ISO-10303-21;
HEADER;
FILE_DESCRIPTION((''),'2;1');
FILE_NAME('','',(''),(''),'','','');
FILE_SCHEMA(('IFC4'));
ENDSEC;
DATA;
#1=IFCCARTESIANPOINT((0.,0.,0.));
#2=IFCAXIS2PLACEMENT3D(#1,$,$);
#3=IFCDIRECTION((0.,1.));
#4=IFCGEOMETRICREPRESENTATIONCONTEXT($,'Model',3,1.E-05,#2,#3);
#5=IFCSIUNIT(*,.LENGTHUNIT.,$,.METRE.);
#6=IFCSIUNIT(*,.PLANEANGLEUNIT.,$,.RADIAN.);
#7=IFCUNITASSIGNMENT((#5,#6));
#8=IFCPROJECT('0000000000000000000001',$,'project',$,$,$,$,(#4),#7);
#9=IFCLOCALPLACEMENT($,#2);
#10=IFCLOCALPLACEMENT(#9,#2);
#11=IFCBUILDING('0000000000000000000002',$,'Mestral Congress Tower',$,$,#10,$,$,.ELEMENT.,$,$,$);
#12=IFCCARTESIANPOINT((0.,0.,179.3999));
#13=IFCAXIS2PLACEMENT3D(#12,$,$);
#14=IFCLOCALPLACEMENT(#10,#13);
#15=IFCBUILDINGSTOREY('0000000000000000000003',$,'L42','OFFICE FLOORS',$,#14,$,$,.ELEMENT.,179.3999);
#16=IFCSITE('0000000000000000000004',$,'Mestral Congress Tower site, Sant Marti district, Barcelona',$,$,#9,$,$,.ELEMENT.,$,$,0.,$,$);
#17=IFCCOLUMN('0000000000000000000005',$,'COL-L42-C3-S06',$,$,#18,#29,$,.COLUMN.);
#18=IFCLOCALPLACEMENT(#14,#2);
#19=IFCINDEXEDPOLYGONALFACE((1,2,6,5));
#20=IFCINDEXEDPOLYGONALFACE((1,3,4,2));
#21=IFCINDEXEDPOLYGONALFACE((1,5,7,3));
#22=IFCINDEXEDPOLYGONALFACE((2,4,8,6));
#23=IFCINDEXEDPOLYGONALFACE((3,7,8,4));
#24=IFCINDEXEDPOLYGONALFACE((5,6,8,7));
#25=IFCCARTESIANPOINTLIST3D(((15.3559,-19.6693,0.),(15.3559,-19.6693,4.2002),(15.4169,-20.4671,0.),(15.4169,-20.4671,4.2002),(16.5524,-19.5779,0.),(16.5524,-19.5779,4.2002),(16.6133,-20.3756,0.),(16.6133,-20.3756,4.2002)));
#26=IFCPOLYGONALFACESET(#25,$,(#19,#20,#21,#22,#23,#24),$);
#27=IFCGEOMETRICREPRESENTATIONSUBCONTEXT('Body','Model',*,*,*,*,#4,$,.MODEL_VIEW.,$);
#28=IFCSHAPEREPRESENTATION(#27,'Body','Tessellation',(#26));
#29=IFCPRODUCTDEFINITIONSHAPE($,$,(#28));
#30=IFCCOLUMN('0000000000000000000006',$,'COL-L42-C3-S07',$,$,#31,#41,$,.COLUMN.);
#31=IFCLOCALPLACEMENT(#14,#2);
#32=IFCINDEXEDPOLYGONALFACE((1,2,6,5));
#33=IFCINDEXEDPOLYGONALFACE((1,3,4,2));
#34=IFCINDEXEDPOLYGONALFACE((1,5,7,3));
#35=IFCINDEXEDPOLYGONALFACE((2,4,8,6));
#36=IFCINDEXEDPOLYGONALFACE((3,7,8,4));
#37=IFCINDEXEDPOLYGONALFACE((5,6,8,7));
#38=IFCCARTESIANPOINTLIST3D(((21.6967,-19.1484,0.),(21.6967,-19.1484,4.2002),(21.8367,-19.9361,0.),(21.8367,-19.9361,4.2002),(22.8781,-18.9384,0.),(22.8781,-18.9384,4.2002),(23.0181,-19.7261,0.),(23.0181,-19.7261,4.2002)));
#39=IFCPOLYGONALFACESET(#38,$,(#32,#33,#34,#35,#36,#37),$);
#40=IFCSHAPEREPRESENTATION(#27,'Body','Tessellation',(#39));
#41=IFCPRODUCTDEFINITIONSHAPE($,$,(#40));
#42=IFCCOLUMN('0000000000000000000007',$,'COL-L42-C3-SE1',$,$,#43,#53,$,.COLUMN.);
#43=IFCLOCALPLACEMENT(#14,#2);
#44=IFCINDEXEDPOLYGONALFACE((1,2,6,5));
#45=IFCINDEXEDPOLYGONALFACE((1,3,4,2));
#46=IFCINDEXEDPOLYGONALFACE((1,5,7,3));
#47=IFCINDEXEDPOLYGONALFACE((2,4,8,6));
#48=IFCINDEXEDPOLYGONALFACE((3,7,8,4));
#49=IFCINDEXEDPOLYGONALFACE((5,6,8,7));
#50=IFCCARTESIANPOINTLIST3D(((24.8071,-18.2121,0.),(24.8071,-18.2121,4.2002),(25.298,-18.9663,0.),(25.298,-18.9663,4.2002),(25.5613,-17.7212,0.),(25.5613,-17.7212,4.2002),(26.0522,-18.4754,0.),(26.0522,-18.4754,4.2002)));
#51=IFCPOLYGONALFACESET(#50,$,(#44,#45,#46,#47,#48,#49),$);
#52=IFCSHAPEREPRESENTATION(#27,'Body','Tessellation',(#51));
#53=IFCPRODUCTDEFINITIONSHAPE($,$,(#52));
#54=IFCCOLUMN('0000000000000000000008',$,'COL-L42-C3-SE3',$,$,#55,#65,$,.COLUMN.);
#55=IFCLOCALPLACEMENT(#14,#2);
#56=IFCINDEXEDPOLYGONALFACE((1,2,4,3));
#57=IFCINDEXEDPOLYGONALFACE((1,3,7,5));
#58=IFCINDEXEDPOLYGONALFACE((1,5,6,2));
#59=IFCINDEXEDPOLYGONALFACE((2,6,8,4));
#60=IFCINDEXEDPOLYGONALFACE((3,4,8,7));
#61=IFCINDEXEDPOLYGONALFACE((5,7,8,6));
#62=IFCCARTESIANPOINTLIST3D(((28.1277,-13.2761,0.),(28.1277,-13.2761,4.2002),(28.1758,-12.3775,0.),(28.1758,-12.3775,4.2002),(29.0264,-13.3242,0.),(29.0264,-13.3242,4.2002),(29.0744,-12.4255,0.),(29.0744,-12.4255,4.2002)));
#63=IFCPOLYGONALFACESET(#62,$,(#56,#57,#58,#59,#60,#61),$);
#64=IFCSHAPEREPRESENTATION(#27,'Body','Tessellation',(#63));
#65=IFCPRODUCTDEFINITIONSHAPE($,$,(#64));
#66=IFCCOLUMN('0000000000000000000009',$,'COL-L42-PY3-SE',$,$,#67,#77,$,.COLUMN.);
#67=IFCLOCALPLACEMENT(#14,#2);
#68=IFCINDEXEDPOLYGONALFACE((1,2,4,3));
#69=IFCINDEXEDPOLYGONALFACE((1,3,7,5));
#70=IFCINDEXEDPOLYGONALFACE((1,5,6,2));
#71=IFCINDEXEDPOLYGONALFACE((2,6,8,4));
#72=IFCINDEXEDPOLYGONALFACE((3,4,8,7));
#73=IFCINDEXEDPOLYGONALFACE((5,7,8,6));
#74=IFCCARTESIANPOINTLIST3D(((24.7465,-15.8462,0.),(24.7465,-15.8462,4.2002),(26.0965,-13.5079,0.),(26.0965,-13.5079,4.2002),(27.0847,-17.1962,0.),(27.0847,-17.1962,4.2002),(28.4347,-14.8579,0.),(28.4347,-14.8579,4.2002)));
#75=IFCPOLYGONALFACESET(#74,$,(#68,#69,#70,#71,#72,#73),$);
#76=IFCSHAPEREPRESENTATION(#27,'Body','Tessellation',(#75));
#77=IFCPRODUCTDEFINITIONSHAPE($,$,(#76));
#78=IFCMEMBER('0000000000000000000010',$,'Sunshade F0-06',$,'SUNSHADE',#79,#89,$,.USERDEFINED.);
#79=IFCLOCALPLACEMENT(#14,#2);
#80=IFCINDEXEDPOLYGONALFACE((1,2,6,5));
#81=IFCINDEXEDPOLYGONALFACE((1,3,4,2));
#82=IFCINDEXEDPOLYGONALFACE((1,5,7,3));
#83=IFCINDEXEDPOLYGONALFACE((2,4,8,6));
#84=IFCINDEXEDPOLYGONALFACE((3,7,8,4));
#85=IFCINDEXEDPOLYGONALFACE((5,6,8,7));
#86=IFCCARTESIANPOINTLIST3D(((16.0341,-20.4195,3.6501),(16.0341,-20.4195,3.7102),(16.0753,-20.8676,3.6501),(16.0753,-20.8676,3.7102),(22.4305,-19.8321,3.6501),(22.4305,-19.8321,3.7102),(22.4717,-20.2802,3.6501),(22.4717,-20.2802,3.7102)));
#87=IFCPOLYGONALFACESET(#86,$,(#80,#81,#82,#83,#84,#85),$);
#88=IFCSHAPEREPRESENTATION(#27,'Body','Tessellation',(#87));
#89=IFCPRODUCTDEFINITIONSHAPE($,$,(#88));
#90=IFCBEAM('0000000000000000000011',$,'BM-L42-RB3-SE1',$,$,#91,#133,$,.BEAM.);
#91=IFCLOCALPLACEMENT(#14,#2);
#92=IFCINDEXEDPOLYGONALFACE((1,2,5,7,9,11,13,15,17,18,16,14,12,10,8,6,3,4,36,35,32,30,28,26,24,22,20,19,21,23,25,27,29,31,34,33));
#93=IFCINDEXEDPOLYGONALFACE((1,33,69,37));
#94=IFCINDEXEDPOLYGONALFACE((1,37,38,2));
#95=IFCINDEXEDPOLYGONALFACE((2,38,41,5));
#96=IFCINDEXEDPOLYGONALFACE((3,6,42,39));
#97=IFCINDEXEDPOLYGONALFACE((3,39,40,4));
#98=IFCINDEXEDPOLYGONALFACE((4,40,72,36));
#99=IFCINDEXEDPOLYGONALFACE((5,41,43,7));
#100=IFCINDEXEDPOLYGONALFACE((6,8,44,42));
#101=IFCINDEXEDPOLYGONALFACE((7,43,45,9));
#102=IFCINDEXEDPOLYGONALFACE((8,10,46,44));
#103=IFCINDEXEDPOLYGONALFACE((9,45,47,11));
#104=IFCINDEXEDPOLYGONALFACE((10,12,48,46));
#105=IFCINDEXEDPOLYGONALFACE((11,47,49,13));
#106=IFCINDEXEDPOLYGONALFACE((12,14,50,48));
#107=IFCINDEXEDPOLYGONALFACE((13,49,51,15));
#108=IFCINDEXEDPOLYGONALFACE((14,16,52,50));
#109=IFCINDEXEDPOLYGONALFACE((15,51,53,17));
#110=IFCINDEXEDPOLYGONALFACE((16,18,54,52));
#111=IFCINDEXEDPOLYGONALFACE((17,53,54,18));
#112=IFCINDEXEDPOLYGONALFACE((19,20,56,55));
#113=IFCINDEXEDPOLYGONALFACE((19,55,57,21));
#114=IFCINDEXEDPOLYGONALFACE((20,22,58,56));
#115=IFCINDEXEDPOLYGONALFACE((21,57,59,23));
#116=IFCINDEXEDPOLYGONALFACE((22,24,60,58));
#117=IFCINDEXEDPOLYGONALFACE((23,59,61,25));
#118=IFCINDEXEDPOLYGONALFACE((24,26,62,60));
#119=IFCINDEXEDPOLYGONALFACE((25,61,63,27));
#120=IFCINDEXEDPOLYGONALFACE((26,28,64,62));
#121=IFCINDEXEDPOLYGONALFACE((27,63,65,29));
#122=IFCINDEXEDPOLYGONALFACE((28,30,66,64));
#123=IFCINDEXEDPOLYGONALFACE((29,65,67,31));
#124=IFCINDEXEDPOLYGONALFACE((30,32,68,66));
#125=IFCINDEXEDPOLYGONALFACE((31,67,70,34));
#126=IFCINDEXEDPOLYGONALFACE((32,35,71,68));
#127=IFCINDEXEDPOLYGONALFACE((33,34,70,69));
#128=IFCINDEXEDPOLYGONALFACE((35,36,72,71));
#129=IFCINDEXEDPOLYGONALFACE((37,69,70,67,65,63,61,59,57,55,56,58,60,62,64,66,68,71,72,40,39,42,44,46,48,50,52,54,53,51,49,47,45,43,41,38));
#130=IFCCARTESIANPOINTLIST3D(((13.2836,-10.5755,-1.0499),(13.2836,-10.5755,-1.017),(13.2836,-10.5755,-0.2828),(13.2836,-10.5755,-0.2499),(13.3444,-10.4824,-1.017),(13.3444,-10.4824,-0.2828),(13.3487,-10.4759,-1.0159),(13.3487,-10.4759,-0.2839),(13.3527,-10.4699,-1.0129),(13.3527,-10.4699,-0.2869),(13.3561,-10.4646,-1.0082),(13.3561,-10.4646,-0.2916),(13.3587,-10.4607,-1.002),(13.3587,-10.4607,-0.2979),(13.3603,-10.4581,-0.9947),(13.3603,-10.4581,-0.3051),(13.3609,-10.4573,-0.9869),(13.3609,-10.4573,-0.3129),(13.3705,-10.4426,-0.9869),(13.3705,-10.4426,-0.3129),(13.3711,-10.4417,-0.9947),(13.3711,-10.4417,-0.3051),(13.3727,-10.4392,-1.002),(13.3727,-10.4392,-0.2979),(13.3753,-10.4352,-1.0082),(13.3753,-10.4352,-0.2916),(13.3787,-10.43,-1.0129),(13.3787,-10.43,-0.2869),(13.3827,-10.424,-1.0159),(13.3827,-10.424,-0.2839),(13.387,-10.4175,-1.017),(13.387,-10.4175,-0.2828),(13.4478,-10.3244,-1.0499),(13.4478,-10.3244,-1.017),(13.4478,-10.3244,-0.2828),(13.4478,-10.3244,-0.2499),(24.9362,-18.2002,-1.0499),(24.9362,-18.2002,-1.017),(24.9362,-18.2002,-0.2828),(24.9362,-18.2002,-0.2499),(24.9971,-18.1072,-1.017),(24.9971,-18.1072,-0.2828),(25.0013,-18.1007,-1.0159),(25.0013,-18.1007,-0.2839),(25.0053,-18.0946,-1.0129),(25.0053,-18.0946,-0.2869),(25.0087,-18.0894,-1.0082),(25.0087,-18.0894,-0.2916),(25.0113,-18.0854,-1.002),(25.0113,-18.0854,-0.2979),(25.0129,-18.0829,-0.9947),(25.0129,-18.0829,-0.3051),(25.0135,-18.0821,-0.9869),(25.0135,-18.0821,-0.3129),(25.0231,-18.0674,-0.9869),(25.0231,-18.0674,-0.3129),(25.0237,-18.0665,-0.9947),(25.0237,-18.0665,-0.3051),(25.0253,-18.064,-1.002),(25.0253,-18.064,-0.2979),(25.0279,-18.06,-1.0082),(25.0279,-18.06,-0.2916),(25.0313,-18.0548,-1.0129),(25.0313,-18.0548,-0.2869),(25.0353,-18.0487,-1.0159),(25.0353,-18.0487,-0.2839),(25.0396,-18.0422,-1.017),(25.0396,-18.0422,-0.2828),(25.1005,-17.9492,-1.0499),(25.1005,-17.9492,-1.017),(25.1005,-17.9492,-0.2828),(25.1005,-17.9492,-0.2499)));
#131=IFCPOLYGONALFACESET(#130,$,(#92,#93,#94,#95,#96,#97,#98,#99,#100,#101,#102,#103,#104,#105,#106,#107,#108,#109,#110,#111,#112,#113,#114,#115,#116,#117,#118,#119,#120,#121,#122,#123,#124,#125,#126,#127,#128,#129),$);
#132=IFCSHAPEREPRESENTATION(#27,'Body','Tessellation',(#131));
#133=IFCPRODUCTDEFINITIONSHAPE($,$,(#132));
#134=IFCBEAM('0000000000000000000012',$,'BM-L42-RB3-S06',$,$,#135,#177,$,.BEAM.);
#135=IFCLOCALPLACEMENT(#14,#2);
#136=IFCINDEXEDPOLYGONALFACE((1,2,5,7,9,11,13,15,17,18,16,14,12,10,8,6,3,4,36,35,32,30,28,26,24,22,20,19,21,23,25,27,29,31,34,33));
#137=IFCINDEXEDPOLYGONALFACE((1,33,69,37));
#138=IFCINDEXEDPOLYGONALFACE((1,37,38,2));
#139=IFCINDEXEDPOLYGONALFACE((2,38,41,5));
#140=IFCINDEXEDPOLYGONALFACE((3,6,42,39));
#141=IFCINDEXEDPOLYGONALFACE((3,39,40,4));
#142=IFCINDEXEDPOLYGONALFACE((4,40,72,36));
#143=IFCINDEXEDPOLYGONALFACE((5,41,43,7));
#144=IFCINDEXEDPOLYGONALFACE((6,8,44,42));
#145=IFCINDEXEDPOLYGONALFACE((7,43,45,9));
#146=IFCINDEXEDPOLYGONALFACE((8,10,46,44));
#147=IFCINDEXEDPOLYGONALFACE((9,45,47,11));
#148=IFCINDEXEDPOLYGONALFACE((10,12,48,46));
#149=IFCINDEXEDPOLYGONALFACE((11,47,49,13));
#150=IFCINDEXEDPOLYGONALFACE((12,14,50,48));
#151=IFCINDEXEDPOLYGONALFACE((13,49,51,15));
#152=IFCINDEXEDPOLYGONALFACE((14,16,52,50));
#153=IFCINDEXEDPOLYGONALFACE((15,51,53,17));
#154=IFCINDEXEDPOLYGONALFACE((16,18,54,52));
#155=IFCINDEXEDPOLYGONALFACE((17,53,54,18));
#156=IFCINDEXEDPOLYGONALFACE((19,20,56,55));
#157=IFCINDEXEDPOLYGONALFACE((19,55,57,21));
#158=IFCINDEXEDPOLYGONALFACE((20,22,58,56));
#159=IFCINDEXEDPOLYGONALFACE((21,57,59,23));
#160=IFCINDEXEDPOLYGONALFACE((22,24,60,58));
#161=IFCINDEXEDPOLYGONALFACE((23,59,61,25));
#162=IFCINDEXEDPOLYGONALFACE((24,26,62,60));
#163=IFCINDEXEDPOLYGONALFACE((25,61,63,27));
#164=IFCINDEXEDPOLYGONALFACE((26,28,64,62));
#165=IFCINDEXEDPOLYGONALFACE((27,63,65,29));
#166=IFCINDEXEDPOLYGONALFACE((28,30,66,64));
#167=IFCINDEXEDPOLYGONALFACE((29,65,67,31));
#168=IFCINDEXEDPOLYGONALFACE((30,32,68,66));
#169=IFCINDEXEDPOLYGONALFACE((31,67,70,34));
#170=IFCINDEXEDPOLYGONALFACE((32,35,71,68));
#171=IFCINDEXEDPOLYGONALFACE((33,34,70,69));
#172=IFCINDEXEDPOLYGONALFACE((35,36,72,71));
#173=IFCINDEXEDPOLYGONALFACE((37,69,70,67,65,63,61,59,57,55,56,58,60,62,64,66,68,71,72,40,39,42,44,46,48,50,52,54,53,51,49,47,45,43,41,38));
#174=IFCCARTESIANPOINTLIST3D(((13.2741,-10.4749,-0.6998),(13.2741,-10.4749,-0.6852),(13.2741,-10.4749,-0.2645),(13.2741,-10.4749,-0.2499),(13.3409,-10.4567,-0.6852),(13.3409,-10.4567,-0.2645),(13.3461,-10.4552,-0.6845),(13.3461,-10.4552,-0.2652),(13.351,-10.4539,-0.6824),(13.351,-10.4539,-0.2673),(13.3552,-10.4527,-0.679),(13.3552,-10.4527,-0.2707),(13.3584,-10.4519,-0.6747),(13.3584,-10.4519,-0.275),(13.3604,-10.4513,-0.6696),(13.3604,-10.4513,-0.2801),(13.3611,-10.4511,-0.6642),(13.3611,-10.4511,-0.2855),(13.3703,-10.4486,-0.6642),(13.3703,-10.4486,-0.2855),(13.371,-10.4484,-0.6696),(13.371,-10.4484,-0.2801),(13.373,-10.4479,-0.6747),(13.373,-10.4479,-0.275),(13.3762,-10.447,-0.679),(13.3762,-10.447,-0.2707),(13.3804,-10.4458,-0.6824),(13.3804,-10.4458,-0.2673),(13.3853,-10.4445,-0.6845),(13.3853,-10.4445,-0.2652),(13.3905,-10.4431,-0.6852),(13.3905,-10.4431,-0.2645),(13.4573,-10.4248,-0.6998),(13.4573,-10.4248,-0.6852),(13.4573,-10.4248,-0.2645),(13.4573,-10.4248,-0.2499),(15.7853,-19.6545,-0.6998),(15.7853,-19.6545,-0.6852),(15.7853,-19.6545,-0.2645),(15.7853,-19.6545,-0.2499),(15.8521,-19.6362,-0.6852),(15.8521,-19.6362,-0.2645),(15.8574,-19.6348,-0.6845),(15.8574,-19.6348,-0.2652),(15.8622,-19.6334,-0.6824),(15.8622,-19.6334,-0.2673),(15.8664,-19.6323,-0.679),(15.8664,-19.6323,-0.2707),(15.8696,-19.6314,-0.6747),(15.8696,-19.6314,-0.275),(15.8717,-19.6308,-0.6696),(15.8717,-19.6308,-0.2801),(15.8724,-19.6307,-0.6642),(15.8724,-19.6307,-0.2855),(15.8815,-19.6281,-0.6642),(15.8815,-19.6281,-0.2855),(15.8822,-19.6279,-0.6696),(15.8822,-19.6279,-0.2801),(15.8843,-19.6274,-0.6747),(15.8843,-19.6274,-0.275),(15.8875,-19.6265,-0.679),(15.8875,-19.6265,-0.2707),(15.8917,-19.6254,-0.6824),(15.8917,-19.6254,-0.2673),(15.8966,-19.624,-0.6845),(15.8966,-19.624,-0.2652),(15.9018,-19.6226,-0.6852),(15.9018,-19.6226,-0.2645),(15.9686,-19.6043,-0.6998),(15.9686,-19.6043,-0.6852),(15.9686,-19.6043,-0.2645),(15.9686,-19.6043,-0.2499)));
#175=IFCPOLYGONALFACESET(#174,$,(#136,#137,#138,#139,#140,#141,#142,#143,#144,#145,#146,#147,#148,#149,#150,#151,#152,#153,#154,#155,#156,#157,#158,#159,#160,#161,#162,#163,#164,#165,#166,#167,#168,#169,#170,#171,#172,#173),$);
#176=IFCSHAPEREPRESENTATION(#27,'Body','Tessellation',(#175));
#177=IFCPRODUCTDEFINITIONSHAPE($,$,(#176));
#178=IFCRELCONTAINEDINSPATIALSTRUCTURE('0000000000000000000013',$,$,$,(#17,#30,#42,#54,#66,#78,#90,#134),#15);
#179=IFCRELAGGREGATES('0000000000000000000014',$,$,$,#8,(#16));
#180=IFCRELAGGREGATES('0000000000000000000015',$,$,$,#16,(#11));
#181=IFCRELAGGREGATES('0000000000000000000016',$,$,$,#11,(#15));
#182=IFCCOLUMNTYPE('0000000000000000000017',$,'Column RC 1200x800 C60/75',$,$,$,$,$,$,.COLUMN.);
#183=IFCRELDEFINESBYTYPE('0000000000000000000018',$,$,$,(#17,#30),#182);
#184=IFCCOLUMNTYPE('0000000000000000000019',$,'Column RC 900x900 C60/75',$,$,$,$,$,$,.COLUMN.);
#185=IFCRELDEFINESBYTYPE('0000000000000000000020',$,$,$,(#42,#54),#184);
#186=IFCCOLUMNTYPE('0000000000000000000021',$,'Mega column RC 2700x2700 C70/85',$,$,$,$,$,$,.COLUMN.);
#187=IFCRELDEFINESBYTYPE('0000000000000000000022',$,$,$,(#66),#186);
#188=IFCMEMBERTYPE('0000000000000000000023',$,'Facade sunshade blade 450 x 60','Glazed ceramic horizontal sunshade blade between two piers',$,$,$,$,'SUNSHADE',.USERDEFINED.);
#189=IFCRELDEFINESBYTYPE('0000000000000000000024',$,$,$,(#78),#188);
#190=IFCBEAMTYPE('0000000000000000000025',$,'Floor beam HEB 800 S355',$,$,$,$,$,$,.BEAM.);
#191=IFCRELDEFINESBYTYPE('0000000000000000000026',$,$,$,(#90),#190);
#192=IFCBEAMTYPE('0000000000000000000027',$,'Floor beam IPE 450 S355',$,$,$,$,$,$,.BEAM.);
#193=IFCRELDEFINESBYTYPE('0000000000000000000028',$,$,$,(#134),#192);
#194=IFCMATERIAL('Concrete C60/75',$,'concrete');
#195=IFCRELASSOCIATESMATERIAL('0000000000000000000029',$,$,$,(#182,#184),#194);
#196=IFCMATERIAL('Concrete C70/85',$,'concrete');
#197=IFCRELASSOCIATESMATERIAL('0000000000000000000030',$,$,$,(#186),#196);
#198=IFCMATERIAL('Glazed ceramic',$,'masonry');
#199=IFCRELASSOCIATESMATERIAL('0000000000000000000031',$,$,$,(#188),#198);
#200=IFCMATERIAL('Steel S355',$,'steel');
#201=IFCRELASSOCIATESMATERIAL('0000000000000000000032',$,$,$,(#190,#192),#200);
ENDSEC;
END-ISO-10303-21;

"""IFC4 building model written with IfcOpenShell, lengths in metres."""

from ifc_helpers import new_model, si_unit, direction, frame, origin, origin_2d, place, context, subcontext, project, spatial, rectangle, i_section, extrude, material, material_profile, profile_set, type_object, element, save


model = new_model("IFC4")

# Units and contexts
model_context = context("Model", 3, precision=1e-05, world=origin(), true_north=direction((0.0, 1.0)))
body_context = subcontext(model_context, "Body", "Model", "MODEL_VIEW")
ifc_project = project(units=[si_unit("LENGTHUNIT", "METRE"), si_unit("PLANEANGLEUNIT", "RADIAN")], contexts=[model_context])

# Site, building, storey
site_placement = place(None, origin())
site = spatial("IfcSite", under=ifc_project, at=site_placement, Name="Mestral Congress Tower site, Sant Marti district, Barcelona", CompositionType="ELEMENT", RefElevation=0.0)
building_placement = place(site_placement, origin())
building = spatial("IfcBuilding", under=site, at=building_placement, Name="Mestral Congress Tower", CompositionType="ELEMENT")
storey_placement = place(building_placement, frame((0.0, 0.0, 179.3999)))
storey = spatial("IfcBuildingStorey", under=building, at=storey_placement, Name="L42", Description="OFFICE FLOORS", CompositionType="ELEMENT", Elevation=179.3999)

# Columns
ifc_material_1 = material(Name="Concrete C60/75", Category="concrete")
ifc_material_profile_1 = material_profile(ifc_material_1, rectangle(XDim=1.2, YDim=0.8, at=origin_2d()), Name="RC 1200x800")
ifc_profile_set_1 = profile_set([ifc_material_profile_1], Name="Concrete C60/75")
column_type_1 = type_object("IfcColumnType", Name="Column RC 1200x800 C60/75", PredefinedType="COLUMN", material=ifc_profile_set_1)
for number, where, z_axis, x_axis, name in (
    (1, (15.9846, -20.0225, 0.0), (0.0, 0.0, 1.0), (0.99709, 0.076237, 0.0), "COL-L42-C3-S06"),
    (2, (22.3574, -19.4373, 0.0), (0.0, 0.0, 1.0), (0.984571, 0.174985, 0.0), "COL-L42-C3-S07"),
):
    element("IfcColumn", number, at=place(storey_placement, frame(where, z_axis=z_axis, x_axis=x_axis)), inside=storey, type_object=column_type_1, Name=name, PredefinedType="COLUMN", context=body_context, shape_type="SweptSolid", body=[
        extrude(rectangle(XDim=1.2, YDim=0.8, at=origin_2d()), origin(), (0.0, 0.0, 1.0), 4.2002),
    ])
ifc_material_profile_2 = material_profile(ifc_material_1, rectangle(XDim=0.8999, YDim=0.8999, at=origin_2d()), Name="RC 900x900")
ifc_profile_set_2 = profile_set([ifc_material_profile_2], Name="Concrete C60/75")
column_type_2 = type_object("IfcColumnType", Name="Column RC 900x900 C60/75", PredefinedType="COLUMN", material=ifc_profile_set_2)
for number, where, z_axis, x_axis, name in (
    (3, (25.4297, -18.3438, 0.0), (0.0, 0.0, 1.0), (0.838094, 0.545526, 0.0), "COL-L42-C3-SE1"),
    (4, (28.6011, -12.8508, 0.0), (0.0, 0.0, 1.0), (0.053392, 0.998574, 0.0), "COL-L42-C3-SE3"),
):
    element("IfcColumn", number, at=place(storey_placement, frame(where, z_axis=z_axis, x_axis=x_axis)), inside=storey, type_object=column_type_2, Name=name, PredefinedType="COLUMN", context=body_context, shape_type="SweptSolid", body=[
        extrude(rectangle(XDim=0.8999, YDim=0.8999, at=origin_2d()), origin(), (0.0, 0.0, 1.0), 4.2002),
    ])
ifc_material_2 = material(Name="Concrete C70/85", Category="concrete")
ifc_material_profile_3 = material_profile(ifc_material_2, rectangle(XDim=2.7, YDim=2.7, at=origin_2d()), Name="RC 2700x2700")
ifc_profile_set_3 = profile_set([ifc_material_profile_3], Name="Concrete C70/85")
column_type_3 = type_object("IfcColumnType", Name="Mega column RC 2700x2700 C70/85", PredefinedType="COLUMN", material=ifc_profile_set_3)
column_placement = place(storey_placement, frame((26.5906, -15.3521, 0.0), z_axis=(0.0, 0.0, 1.0), x_axis=(0.866025, -0.5, 0.0)))
element("IfcColumn", 5, at=column_placement, inside=storey, type_object=column_type_3, Name="COL-L42-PY3-SE", PredefinedType="COLUMN", context=body_context, shape_type="SweptSolid", body=[
    extrude(rectangle(XDim=2.7, YDim=2.7, at=origin_2d()), origin(), (0.0, 0.0, 1.0), 4.2002),
])

# Member
ifc_material_3 = material(Name="Glazed ceramic", Category="masonry")
ifc_material_profile_4 = material_profile(ifc_material_3, rectangle(XDim=0.45, YDim=0.0601, at=origin_2d()), Name="Ceramic blade 450 x 60")
ifc_profile_set_4 = profile_set([ifc_material_profile_4], Name="Glazed ceramic")
member_type = type_object("IfcMemberType", Name="Facade sunshade blade 450 x 60", Description="Glazed ceramic horizontal sunshade blade between two piers", ElementType="SUNSHADE", PredefinedType="USERDEFINED", material=ifc_profile_set_4)
member_placement = place(storey_placement, frame((16.0547, -20.6436, 3.6802), z_axis=(0.99581, 0.091447, 0.0), x_axis=(-0.091447, 0.99581, 0.0)))
element("IfcMember", 6, at=member_placement, inside=storey, type_object=member_type, Name="Sunshade F0-06", ObjectType="SUNSHADE", PredefinedType="USERDEFINED", context=body_context, shape_type="SweptSolid", body=[
    extrude(rectangle(XDim=0.45, YDim=0.0601, at=origin_2d()), origin(), (0.0, 0.0, 1.0), 6.4233),
])

# Beams
ifc_material_4 = material(Name="Steel S355", Category="steel")
ifc_material_profile_5 = material_profile(ifc_material_4, i_section(OverallWidth=0.3, OverallDepth=0.8, WebThickness=0.0176, FlangeThickness=0.033, FilletRadius=0.03, at=origin_2d()), Name="HEB 800")
ifc_profile_set_5 = profile_set([ifc_material_profile_5], Name="Steel S355")
beam_type_1 = type_object("IfcBeamType", Name="Floor beam HEB 800 S355", PredefinedType="BEAM", material=ifc_profile_set_5)
beam_1_placement = place(storey_placement, frame((25.0183, -18.0747, -0.6499), z_axis=(-0.83678, 0.547539, 0.0), x_axis=(-0.547539, -0.83678, 0.0)))
element("IfcBeam", 7, at=beam_1_placement, inside=storey, type_object=beam_type_1, Name="BM-L42-RB3-SE1", PredefinedType="BEAM", context=body_context, shape_type="SweptSolid", body=[
    extrude(i_section(OverallWidth=0.3, OverallDepth=0.8, WebThickness=0.0176, FlangeThickness=0.033, FilletRadius=0.03, at=origin_2d()), origin(), (0.0, 0.0, 1.0), 13.9255),
])
ifc_material_profile_6 = material_profile(ifc_material_4, i_section(OverallWidth=0.1899, OverallDepth=0.45, WebThickness=0.0095, FlangeThickness=0.0146, FilletRadius=0.021, at=origin_2d()), Name="IPE 450")
ifc_profile_set_6 = profile_set([ifc_material_profile_6], Name="Steel S355")
beam_type_2 = type_object("IfcBeamType", Name="Floor beam IPE 450 S355", PredefinedType="BEAM", material=ifc_profile_set_6)
beam_2_placement = place(storey_placement, frame((15.877, -19.6294, -0.4749), z_axis=(-0.263875, 0.964557, 0.0), x_axis=(-0.964557, -0.263875, 0.0)))
element("IfcBeam", 8, at=beam_2_placement, inside=storey, type_object=beam_type_2, Name="BM-L42-RB3-S06", PredefinedType="BEAM", context=body_context, shape_type="SweptSolid", body=[
    extrude(i_section(OverallWidth=0.1899, OverallDepth=0.45, WebThickness=0.0095, FlangeThickness=0.0146, FilletRadius=0.021, at=origin_2d()), origin(), (0.0, 0.0, 1.0), 9.5168),
])

save(model, "model.ifc")
